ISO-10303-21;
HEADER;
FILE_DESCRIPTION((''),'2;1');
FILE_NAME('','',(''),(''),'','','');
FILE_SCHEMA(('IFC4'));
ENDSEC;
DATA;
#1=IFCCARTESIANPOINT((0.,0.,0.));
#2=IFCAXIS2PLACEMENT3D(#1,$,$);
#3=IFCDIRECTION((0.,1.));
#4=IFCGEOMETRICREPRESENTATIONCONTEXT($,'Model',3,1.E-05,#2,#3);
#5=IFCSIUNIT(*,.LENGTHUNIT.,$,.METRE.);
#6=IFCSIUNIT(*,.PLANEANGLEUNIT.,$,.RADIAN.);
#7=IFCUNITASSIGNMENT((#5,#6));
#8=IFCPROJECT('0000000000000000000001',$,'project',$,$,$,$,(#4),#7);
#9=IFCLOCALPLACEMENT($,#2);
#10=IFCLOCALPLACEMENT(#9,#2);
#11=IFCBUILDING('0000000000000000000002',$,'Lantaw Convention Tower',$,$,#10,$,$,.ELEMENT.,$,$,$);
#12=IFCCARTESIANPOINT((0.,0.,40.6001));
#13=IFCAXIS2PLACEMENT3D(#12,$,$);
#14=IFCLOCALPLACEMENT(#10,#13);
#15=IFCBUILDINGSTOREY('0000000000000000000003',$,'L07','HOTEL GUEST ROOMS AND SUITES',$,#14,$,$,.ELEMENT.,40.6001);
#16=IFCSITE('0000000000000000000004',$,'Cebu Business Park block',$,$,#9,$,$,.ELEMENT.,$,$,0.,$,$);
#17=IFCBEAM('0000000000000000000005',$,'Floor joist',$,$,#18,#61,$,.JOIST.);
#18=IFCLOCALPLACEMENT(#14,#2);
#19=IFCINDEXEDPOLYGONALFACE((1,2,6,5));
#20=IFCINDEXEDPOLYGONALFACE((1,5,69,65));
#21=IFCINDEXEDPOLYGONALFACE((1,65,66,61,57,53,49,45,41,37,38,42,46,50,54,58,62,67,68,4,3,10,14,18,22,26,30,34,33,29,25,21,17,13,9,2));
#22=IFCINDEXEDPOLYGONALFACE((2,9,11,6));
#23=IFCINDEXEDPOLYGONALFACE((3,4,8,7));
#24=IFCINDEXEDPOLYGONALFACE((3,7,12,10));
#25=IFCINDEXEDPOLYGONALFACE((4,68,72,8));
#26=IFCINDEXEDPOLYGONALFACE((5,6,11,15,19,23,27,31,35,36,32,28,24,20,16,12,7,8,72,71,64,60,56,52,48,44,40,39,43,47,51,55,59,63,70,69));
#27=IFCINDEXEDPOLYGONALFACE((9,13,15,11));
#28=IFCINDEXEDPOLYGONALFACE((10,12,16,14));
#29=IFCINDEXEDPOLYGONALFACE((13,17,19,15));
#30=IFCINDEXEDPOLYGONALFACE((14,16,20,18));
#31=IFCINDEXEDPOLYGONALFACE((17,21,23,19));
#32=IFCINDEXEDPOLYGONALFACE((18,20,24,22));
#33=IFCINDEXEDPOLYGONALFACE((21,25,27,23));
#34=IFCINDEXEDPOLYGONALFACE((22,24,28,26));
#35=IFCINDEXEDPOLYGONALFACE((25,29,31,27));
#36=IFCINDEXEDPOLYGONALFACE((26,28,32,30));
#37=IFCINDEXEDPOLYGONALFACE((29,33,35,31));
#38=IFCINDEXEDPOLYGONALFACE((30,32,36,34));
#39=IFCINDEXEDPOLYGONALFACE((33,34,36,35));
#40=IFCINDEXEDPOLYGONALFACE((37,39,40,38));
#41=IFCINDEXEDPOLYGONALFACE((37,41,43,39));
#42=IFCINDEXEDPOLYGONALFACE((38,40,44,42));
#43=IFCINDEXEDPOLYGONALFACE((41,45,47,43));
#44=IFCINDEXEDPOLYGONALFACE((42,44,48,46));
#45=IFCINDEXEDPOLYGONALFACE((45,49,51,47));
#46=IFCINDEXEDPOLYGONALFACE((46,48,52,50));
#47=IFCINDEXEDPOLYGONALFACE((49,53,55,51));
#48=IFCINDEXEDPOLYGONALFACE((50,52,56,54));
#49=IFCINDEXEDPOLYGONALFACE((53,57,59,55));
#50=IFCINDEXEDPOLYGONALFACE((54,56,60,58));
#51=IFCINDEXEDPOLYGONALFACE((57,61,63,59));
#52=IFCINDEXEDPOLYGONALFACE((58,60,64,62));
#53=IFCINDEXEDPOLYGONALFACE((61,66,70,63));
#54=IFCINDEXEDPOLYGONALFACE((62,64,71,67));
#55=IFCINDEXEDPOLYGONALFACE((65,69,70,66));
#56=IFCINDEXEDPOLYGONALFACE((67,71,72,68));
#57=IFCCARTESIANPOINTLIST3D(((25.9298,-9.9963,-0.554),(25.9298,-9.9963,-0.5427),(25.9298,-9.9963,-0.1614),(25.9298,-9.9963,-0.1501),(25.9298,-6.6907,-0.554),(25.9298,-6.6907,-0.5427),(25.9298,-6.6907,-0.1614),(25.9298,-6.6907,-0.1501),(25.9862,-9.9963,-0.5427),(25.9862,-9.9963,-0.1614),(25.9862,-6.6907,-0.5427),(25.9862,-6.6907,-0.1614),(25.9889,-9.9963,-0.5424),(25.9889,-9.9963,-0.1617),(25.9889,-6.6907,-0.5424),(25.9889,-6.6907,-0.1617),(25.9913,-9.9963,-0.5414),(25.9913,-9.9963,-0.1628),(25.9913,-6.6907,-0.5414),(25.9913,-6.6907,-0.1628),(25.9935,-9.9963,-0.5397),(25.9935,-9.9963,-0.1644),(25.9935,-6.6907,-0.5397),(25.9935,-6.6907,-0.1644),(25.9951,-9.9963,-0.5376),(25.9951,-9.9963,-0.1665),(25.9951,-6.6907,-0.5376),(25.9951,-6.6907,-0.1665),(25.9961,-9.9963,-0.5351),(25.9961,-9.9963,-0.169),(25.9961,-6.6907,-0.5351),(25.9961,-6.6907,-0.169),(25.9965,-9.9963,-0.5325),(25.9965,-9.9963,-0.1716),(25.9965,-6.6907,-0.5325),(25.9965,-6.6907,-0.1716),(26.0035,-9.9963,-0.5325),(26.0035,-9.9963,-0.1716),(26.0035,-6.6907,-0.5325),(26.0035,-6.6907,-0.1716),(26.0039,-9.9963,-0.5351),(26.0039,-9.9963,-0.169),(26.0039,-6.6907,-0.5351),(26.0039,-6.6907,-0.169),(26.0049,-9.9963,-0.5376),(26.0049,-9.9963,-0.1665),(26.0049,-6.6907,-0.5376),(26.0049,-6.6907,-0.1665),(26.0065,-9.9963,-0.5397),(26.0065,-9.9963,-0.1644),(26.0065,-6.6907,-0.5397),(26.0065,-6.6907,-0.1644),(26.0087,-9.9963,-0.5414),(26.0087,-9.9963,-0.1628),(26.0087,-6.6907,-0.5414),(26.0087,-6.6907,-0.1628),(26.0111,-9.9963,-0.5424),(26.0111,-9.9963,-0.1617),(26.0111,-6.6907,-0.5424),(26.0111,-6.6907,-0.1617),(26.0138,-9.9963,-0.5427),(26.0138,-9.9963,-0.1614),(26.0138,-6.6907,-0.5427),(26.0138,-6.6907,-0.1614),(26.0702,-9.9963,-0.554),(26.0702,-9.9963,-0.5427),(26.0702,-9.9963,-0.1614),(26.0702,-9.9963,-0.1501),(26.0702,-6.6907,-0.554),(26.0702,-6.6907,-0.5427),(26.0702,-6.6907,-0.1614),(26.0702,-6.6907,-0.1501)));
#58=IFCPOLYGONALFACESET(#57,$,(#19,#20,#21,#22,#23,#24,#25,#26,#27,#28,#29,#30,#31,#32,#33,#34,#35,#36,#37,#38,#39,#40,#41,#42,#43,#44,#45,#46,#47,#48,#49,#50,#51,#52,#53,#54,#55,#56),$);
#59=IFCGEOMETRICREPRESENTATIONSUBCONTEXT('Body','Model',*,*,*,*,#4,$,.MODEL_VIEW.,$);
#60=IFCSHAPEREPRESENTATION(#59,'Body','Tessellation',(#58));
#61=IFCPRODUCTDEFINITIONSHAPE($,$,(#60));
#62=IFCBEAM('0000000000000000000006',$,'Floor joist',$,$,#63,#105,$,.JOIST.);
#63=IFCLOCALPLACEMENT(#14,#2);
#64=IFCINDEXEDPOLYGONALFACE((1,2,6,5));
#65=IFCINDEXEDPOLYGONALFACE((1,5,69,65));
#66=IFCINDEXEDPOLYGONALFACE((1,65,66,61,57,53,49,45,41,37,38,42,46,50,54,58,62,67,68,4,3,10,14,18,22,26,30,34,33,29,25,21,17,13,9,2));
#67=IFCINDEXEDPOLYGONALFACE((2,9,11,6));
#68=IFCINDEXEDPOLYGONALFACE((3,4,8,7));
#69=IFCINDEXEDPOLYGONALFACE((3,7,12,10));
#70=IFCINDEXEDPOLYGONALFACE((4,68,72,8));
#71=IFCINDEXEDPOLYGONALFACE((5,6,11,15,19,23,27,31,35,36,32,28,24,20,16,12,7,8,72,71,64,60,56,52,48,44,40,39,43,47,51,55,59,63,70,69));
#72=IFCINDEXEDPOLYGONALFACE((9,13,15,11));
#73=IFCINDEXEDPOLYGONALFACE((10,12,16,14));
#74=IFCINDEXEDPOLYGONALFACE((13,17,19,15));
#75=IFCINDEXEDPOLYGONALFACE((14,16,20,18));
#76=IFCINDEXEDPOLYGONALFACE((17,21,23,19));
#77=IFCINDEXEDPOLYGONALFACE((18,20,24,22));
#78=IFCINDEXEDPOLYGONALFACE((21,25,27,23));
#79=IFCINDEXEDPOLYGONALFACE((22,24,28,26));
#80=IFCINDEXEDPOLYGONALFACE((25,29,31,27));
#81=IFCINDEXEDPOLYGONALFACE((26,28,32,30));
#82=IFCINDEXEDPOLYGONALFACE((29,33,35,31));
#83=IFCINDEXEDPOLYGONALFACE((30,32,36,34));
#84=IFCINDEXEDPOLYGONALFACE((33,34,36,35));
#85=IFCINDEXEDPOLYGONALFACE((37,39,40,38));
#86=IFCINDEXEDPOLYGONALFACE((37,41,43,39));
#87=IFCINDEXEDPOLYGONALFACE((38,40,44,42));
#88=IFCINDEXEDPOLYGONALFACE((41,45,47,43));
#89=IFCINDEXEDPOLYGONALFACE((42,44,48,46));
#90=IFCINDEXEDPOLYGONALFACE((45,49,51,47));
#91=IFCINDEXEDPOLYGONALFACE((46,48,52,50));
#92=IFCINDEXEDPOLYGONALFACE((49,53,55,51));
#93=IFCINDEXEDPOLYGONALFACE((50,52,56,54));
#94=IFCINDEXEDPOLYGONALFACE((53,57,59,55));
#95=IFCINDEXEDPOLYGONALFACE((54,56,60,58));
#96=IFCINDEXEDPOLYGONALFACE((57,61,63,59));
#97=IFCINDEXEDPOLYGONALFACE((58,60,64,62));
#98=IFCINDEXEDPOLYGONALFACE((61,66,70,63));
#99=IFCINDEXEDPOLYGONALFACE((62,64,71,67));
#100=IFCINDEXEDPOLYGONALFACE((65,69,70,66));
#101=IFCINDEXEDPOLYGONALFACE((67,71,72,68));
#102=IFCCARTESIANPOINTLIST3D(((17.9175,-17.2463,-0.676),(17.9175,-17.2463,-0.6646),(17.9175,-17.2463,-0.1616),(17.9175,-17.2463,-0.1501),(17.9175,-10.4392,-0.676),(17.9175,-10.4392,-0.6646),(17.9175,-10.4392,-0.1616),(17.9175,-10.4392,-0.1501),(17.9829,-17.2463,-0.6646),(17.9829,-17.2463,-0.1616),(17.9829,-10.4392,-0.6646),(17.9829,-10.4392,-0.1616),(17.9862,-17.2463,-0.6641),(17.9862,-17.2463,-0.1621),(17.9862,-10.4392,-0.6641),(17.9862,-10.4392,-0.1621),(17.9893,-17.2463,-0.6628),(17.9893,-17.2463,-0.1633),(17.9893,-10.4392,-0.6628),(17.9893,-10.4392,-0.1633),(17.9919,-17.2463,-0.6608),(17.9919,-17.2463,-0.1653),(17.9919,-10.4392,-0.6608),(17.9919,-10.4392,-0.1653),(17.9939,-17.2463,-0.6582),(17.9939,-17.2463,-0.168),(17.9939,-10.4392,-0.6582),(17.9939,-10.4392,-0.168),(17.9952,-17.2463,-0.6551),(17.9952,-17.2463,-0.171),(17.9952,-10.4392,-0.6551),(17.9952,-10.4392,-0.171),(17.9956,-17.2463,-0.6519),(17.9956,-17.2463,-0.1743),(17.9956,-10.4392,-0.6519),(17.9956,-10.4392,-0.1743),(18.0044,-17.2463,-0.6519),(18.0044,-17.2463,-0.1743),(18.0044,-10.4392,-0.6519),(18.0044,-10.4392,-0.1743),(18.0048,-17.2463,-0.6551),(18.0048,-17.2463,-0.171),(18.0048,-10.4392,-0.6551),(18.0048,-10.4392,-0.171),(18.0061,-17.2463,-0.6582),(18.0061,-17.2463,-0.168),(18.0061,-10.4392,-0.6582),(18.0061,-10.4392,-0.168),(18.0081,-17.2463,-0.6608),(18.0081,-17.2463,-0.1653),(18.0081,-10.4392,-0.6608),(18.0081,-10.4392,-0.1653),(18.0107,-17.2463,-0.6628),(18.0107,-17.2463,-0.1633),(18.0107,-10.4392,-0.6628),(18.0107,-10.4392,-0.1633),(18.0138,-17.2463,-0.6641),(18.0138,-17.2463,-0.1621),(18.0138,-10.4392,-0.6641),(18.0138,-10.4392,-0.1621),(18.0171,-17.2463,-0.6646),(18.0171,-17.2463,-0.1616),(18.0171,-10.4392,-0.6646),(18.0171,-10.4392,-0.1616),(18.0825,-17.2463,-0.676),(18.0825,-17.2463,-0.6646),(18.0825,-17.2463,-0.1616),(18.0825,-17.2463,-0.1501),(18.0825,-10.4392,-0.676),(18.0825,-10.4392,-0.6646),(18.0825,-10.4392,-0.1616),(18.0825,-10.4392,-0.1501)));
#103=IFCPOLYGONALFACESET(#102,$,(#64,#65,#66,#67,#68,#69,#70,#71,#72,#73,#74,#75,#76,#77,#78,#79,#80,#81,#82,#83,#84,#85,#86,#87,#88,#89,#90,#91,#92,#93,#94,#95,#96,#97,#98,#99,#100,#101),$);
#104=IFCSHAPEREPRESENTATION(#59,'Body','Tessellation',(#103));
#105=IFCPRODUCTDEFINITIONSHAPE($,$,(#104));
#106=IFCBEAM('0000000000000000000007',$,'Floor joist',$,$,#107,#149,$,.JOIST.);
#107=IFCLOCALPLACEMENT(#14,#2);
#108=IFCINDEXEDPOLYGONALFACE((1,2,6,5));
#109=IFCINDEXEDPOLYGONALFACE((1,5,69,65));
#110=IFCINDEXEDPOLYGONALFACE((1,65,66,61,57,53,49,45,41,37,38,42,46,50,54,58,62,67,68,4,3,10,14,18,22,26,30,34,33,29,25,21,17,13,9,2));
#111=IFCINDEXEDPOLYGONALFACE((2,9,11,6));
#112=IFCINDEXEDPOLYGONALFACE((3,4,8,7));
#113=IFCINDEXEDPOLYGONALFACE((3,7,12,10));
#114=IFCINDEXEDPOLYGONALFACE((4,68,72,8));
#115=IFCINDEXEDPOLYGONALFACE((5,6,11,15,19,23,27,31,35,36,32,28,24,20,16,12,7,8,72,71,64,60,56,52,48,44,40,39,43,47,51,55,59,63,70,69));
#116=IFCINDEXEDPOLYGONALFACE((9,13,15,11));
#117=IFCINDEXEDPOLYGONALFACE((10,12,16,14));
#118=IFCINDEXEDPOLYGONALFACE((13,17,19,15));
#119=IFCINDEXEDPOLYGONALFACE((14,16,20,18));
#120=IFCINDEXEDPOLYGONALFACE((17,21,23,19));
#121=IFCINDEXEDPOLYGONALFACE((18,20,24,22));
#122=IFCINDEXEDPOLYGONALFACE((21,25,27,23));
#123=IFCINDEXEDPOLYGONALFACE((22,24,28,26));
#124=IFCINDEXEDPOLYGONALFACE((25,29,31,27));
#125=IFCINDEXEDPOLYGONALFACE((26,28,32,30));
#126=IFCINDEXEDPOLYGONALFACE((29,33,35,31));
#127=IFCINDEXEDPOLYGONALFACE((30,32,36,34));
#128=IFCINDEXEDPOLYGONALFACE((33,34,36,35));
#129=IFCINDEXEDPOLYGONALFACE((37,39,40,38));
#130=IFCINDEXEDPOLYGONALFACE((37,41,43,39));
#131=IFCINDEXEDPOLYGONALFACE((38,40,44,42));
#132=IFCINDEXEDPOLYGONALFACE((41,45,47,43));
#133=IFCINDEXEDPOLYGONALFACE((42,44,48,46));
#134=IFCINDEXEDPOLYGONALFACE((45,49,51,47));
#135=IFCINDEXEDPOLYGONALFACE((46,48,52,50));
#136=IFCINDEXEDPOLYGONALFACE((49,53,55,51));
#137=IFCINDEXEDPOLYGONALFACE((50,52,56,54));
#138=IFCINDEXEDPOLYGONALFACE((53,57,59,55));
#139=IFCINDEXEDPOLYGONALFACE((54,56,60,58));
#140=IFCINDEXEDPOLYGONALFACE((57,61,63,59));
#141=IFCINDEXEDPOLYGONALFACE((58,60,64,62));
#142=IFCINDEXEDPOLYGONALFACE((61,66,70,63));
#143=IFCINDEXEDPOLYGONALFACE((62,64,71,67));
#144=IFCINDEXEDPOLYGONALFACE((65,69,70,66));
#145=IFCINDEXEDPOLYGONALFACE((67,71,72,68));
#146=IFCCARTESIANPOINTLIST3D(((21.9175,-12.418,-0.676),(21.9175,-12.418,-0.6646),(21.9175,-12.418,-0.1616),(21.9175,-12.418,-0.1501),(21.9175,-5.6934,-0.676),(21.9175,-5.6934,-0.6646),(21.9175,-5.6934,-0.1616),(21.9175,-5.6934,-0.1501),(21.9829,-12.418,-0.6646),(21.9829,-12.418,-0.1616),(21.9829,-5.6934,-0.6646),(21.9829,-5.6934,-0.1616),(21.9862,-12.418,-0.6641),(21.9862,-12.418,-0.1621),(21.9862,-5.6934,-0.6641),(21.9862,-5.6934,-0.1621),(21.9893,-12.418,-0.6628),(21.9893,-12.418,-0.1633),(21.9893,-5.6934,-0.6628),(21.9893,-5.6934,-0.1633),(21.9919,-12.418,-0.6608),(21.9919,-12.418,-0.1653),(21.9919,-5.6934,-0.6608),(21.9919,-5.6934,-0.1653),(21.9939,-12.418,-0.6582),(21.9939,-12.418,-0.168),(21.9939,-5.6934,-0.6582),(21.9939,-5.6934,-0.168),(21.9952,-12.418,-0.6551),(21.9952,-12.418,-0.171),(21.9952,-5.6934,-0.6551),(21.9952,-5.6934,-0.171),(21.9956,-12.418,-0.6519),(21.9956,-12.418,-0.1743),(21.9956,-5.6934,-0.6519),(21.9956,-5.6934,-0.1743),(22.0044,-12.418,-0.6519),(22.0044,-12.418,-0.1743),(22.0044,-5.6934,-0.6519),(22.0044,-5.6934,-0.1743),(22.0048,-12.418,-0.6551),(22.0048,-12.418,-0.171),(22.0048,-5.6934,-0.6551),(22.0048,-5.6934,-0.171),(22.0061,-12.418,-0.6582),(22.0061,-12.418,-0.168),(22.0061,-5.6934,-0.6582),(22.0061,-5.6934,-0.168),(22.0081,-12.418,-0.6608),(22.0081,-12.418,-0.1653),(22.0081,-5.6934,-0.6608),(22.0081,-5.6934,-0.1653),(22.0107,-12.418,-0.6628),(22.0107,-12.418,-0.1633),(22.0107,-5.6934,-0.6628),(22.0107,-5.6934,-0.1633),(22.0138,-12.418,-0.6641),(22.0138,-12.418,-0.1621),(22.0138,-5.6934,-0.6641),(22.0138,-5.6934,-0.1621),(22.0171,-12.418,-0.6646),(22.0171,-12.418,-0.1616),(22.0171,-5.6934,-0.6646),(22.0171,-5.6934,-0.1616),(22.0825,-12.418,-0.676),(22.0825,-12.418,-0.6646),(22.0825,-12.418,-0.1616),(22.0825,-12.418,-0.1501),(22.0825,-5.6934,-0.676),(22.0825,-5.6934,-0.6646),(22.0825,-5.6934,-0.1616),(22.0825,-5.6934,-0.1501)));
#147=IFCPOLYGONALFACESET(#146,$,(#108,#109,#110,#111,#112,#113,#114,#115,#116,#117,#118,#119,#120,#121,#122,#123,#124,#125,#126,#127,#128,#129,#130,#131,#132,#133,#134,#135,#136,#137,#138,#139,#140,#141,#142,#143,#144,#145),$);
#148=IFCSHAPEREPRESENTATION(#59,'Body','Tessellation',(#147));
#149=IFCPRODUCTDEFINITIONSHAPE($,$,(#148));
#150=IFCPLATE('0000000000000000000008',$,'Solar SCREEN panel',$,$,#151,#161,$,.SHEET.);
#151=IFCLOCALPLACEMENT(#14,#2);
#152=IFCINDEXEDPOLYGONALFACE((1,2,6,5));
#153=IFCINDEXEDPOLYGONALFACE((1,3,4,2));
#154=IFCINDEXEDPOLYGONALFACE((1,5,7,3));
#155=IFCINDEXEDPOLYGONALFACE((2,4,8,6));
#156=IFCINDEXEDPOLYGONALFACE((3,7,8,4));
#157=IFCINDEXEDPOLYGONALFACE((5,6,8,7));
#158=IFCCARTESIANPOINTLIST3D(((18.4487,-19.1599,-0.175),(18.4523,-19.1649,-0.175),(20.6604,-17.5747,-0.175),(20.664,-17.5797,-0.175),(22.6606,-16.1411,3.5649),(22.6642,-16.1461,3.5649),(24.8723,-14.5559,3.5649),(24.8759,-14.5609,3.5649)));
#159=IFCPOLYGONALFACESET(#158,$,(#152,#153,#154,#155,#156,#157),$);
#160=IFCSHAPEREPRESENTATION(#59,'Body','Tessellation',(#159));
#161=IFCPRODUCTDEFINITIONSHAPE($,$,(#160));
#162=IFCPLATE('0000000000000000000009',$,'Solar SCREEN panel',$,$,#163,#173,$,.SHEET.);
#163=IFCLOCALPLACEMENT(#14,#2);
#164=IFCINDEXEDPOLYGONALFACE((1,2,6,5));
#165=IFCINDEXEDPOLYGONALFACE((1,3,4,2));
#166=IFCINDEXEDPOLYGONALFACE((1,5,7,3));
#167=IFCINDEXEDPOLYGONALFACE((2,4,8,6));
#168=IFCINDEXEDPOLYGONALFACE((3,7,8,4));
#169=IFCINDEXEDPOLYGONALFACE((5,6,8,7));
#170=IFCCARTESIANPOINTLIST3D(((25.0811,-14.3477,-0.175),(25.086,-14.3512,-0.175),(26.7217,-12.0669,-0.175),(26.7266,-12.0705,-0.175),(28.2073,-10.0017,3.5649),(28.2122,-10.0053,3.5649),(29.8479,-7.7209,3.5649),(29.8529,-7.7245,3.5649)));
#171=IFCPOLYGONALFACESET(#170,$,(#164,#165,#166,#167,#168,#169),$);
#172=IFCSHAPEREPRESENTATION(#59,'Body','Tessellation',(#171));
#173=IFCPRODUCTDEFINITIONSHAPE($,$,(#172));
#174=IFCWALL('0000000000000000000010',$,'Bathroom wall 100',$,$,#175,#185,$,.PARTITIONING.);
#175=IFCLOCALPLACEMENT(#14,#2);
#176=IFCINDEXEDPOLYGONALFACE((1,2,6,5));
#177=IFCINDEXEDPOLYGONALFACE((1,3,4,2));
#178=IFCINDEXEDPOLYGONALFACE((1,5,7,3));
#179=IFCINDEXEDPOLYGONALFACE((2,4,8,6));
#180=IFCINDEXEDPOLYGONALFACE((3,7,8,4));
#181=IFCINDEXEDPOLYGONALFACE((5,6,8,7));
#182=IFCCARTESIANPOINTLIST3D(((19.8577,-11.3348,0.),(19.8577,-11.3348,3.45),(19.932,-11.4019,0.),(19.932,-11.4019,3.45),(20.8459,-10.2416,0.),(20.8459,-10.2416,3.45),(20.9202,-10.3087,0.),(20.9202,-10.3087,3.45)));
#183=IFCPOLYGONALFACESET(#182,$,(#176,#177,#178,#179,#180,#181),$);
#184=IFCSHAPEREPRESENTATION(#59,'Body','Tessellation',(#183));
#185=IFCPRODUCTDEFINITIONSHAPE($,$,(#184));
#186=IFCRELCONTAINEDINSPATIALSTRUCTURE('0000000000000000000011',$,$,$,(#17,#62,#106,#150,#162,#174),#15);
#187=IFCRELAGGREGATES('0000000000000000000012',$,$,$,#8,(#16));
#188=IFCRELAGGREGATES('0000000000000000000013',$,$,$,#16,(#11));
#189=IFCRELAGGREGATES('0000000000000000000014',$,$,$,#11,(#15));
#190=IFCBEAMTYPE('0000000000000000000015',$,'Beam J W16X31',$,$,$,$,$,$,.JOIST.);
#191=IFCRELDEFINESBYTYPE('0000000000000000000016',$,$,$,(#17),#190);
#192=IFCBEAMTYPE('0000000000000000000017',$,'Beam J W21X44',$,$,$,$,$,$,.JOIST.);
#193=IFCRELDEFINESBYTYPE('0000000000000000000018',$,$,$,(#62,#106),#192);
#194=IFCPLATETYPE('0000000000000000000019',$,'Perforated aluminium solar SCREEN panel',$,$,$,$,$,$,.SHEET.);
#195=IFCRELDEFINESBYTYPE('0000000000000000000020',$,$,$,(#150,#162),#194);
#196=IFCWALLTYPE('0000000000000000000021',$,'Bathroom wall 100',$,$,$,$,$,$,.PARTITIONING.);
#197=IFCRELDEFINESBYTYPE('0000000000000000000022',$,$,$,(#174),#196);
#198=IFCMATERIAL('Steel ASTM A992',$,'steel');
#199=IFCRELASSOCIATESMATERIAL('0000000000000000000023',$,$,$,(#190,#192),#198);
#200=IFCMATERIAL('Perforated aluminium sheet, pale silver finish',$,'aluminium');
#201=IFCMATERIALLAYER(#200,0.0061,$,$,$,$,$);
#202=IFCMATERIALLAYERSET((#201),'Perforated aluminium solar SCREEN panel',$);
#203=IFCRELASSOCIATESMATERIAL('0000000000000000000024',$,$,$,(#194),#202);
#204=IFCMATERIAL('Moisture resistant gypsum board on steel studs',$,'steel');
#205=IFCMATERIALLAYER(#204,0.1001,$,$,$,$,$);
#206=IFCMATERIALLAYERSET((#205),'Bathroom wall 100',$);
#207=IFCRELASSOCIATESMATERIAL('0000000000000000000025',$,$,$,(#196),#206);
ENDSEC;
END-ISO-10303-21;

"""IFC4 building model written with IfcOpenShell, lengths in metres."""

from ifc_helpers import new_model, si_unit, direction, frame, frame_2d, origin, origin_2d, place, context, subcontext, project, spatial, polyline, rectangle, i_section, outline, extrude, material, layer, layer_set, material_profile, profile_set, type_object, element, save


model = new_model("IFC4")

# Units and contexts
model_context = context("Model", 3, precision=1e-05, world=origin(), true_north=direction((0.0, 1.0)))
body_context = subcontext(model_context, "Body", "Model", "MODEL_VIEW")
ifc_project = project(units=[si_unit("LENGTHUNIT", "METRE"), si_unit("PLANEANGLEUNIT", "RADIAN")], contexts=[model_context])

# Site, building, storey
site_placement = place(None, origin())
site = spatial("IfcSite", under=ifc_project, at=site_placement, Name="Cebu Business Park block", CompositionType="ELEMENT", RefElevation=0.0)
building_placement = place(site_placement, origin())
building = spatial("IfcBuilding", under=site, at=building_placement, Name="Lantaw Convention Tower", CompositionType="ELEMENT")
storey_placement = place(building_placement, frame((0.0, 0.0, 40.6001)))
storey = spatial("IfcBuildingStorey", under=building, at=storey_placement, Name="L07", Description="HOTEL GUEST ROOMS AND SUITES", CompositionType="ELEMENT", Elevation=40.6001)

# Beams
ifc_material_1 = material(Name="Steel ASTM A992", Category="steel")
ifc_material_profile_1 = material_profile(ifc_material_1, i_section(OverallWidth=0.1404, OverallDepth=0.4038, WebThickness=0.0071, FlangeThickness=0.0112, FilletRadius=0.0103, at=origin_2d()), Name="W16X31")
ifc_profile_set_1 = profile_set([ifc_material_profile_1], Name="Steel ASTM A992")
beam_type_1 = type_object("IfcBeamType", Name="Beam J W16X31", PredefinedType="JOIST", material=ifc_profile_set_1)
beam_1_placement = place(storey_placement, frame((26.0, -9.9963, -0.3521), z_axis=(0.0, 1.0, 0.0), x_axis=(-1.0, 0.0, 0.0)))
element("IfcBeam", 1, at=beam_1_placement, inside=storey, type_object=beam_type_1, Name="Floor joist", PredefinedType="JOIST", context=body_context, shape_type="SweptSolid", body=[
    extrude(i_section(OverallWidth=0.1404, OverallDepth=0.4038, WebThickness=0.0071, FlangeThickness=0.0112, FilletRadius=0.0103, at=origin_2d()), origin(), (0.0, 0.0, 1.0), 3.3057),
])
ifc_material_profile_2 = material_profile(ifc_material_1, i_section(OverallWidth=0.165, OverallDepth=0.5259, WebThickness=0.0088, FlangeThickness=0.0115, FilletRadius=0.0127, at=origin_2d()), Name="W21X44")
ifc_profile_set_2 = profile_set([ifc_material_profile_2], Name="Steel ASTM A992")
beam_type_2 = type_object("IfcBeamType", Name="Beam J W21X44", PredefinedType="JOIST", material=ifc_profile_set_2)
beam_2_placement = place(storey_placement, frame((18.0, -17.2463, -0.4131), z_axis=(0.0, 1.0, 0.0), x_axis=(-1.0, 0.0, 0.0)))
element("IfcBeam", 2, at=beam_2_placement, inside=storey, type_object=beam_type_2, Name="Floor joist", PredefinedType="JOIST", context=body_context, shape_type="SweptSolid", body=[
    extrude(i_section(OverallWidth=0.165, OverallDepth=0.5259, WebThickness=0.0088, FlangeThickness=0.0115, FilletRadius=0.0127, at=origin_2d()), origin(), (0.0, 0.0, 1.0), 6.8071),
])
beam_3_placement = place(storey_placement, frame((22.0, -12.418, -0.4131), z_axis=(0.0, 1.0, 0.0), x_axis=(-1.0, 0.0, 0.0)))
element("IfcBeam", 3, at=beam_3_placement, inside=storey, type_object=beam_type_2, Name="Floor joist", PredefinedType="JOIST", context=body_context, shape_type="SweptSolid", body=[
    extrude(i_section(OverallWidth=0.165, OverallDepth=0.5259, WebThickness=0.0088, FlangeThickness=0.0115, FilletRadius=0.0127, at=origin_2d()), origin(), (0.0, 0.0, 1.0), 6.7246),
])

# Plates
ifc_material_2 = material(Name="Perforated aluminium sheet, pale silver finish", Category="aluminium")
ifc_layer_1 = layer(ifc_material_2, 0.0061)
ifc_layer_set_1 = layer_set([ifc_layer_1], Name="Perforated aluminium solar SCREEN panel")
plate_type = type_object("IfcPlateType", Name="Perforated aluminium solar SCREEN panel", PredefinedType="SHEET", material=ifc_layer_set_1)
plate_1_placement = place(storey_placement, frame((18.4487, -19.1599, -0.175), z_axis=(-0.582561, 0.812787, 0.000016), x_axis=(0.812787, 0.582561, 0.0)))
element("IfcPlate", 4, at=plate_1_placement, inside=storey, type_object=plate_type, Name="Solar SCREEN panel", PredefinedType="SHEET", context=body_context, shape_type="SweptSolid", body=[
    extrude(outline(polyline([(0.0, 0.0), (2.7211, 0.0), (7.9031, -3.74), (5.182, -3.74), (0.0, 0.0)])), origin(), (0.0, 0.0, -1.0), 0.0061),
])
plate_2_placement = place(storey_placement, frame((25.0811, -14.3477, -0.175), z_axis=(-0.811791, 0.583948, 0.000009), x_axis=(0.583948, 0.811791, 0.0)))
element("IfcPlate", 5, at=plate_2_placement, inside=storey, type_object=plate_type, Name="Solar SCREEN panel", PredefinedType="SHEET", context=body_context, shape_type="SweptSolid", body=[
    extrude(outline(polyline([(0.0, 0.0), (2.8095, 0.0), (8.1631, -3.74), (5.3536, -3.74), (0.0, 0.0)])), origin(), (0.0, 0.0, -1.0), 0.0061),
])

# Wall
ifc_material_3 = material(Name="Moisture resistant gypsum board on steel studs", Category="steel")
ifc_layer_2 = layer(ifc_material_3, 0.1001)
ifc_layer_set_2 = layer_set([ifc_layer_2], Name="Bathroom wall 100")
wall_type_1 = type_object("IfcWallType", Name="Bathroom wall 100", PredefinedType="PARTITIONING", material=ifc_layer_set_2)
wall_1_placement = place(storey_placement, frame((20.8831, -10.2751, 0.0), z_axis=(0.0, 0.0, 1.0), x_axis=(-0.670592, -0.741826, 0.0)))
element("IfcWall", 6, at=wall_1_placement, inside=storey, type_object=wall_type_1, Name="Bathroom wall 100", PredefinedType="PARTITIONING", context=body_context, shape_type="SweptSolid", body=[
    extrude(rectangle(XDim=1.4736, YDim=0.1001, at=frame_2d((0.7368, 0.0))), origin(), (0.0, 0.0, 1.0), 3.45),
])

save(model, "model.ifc")
